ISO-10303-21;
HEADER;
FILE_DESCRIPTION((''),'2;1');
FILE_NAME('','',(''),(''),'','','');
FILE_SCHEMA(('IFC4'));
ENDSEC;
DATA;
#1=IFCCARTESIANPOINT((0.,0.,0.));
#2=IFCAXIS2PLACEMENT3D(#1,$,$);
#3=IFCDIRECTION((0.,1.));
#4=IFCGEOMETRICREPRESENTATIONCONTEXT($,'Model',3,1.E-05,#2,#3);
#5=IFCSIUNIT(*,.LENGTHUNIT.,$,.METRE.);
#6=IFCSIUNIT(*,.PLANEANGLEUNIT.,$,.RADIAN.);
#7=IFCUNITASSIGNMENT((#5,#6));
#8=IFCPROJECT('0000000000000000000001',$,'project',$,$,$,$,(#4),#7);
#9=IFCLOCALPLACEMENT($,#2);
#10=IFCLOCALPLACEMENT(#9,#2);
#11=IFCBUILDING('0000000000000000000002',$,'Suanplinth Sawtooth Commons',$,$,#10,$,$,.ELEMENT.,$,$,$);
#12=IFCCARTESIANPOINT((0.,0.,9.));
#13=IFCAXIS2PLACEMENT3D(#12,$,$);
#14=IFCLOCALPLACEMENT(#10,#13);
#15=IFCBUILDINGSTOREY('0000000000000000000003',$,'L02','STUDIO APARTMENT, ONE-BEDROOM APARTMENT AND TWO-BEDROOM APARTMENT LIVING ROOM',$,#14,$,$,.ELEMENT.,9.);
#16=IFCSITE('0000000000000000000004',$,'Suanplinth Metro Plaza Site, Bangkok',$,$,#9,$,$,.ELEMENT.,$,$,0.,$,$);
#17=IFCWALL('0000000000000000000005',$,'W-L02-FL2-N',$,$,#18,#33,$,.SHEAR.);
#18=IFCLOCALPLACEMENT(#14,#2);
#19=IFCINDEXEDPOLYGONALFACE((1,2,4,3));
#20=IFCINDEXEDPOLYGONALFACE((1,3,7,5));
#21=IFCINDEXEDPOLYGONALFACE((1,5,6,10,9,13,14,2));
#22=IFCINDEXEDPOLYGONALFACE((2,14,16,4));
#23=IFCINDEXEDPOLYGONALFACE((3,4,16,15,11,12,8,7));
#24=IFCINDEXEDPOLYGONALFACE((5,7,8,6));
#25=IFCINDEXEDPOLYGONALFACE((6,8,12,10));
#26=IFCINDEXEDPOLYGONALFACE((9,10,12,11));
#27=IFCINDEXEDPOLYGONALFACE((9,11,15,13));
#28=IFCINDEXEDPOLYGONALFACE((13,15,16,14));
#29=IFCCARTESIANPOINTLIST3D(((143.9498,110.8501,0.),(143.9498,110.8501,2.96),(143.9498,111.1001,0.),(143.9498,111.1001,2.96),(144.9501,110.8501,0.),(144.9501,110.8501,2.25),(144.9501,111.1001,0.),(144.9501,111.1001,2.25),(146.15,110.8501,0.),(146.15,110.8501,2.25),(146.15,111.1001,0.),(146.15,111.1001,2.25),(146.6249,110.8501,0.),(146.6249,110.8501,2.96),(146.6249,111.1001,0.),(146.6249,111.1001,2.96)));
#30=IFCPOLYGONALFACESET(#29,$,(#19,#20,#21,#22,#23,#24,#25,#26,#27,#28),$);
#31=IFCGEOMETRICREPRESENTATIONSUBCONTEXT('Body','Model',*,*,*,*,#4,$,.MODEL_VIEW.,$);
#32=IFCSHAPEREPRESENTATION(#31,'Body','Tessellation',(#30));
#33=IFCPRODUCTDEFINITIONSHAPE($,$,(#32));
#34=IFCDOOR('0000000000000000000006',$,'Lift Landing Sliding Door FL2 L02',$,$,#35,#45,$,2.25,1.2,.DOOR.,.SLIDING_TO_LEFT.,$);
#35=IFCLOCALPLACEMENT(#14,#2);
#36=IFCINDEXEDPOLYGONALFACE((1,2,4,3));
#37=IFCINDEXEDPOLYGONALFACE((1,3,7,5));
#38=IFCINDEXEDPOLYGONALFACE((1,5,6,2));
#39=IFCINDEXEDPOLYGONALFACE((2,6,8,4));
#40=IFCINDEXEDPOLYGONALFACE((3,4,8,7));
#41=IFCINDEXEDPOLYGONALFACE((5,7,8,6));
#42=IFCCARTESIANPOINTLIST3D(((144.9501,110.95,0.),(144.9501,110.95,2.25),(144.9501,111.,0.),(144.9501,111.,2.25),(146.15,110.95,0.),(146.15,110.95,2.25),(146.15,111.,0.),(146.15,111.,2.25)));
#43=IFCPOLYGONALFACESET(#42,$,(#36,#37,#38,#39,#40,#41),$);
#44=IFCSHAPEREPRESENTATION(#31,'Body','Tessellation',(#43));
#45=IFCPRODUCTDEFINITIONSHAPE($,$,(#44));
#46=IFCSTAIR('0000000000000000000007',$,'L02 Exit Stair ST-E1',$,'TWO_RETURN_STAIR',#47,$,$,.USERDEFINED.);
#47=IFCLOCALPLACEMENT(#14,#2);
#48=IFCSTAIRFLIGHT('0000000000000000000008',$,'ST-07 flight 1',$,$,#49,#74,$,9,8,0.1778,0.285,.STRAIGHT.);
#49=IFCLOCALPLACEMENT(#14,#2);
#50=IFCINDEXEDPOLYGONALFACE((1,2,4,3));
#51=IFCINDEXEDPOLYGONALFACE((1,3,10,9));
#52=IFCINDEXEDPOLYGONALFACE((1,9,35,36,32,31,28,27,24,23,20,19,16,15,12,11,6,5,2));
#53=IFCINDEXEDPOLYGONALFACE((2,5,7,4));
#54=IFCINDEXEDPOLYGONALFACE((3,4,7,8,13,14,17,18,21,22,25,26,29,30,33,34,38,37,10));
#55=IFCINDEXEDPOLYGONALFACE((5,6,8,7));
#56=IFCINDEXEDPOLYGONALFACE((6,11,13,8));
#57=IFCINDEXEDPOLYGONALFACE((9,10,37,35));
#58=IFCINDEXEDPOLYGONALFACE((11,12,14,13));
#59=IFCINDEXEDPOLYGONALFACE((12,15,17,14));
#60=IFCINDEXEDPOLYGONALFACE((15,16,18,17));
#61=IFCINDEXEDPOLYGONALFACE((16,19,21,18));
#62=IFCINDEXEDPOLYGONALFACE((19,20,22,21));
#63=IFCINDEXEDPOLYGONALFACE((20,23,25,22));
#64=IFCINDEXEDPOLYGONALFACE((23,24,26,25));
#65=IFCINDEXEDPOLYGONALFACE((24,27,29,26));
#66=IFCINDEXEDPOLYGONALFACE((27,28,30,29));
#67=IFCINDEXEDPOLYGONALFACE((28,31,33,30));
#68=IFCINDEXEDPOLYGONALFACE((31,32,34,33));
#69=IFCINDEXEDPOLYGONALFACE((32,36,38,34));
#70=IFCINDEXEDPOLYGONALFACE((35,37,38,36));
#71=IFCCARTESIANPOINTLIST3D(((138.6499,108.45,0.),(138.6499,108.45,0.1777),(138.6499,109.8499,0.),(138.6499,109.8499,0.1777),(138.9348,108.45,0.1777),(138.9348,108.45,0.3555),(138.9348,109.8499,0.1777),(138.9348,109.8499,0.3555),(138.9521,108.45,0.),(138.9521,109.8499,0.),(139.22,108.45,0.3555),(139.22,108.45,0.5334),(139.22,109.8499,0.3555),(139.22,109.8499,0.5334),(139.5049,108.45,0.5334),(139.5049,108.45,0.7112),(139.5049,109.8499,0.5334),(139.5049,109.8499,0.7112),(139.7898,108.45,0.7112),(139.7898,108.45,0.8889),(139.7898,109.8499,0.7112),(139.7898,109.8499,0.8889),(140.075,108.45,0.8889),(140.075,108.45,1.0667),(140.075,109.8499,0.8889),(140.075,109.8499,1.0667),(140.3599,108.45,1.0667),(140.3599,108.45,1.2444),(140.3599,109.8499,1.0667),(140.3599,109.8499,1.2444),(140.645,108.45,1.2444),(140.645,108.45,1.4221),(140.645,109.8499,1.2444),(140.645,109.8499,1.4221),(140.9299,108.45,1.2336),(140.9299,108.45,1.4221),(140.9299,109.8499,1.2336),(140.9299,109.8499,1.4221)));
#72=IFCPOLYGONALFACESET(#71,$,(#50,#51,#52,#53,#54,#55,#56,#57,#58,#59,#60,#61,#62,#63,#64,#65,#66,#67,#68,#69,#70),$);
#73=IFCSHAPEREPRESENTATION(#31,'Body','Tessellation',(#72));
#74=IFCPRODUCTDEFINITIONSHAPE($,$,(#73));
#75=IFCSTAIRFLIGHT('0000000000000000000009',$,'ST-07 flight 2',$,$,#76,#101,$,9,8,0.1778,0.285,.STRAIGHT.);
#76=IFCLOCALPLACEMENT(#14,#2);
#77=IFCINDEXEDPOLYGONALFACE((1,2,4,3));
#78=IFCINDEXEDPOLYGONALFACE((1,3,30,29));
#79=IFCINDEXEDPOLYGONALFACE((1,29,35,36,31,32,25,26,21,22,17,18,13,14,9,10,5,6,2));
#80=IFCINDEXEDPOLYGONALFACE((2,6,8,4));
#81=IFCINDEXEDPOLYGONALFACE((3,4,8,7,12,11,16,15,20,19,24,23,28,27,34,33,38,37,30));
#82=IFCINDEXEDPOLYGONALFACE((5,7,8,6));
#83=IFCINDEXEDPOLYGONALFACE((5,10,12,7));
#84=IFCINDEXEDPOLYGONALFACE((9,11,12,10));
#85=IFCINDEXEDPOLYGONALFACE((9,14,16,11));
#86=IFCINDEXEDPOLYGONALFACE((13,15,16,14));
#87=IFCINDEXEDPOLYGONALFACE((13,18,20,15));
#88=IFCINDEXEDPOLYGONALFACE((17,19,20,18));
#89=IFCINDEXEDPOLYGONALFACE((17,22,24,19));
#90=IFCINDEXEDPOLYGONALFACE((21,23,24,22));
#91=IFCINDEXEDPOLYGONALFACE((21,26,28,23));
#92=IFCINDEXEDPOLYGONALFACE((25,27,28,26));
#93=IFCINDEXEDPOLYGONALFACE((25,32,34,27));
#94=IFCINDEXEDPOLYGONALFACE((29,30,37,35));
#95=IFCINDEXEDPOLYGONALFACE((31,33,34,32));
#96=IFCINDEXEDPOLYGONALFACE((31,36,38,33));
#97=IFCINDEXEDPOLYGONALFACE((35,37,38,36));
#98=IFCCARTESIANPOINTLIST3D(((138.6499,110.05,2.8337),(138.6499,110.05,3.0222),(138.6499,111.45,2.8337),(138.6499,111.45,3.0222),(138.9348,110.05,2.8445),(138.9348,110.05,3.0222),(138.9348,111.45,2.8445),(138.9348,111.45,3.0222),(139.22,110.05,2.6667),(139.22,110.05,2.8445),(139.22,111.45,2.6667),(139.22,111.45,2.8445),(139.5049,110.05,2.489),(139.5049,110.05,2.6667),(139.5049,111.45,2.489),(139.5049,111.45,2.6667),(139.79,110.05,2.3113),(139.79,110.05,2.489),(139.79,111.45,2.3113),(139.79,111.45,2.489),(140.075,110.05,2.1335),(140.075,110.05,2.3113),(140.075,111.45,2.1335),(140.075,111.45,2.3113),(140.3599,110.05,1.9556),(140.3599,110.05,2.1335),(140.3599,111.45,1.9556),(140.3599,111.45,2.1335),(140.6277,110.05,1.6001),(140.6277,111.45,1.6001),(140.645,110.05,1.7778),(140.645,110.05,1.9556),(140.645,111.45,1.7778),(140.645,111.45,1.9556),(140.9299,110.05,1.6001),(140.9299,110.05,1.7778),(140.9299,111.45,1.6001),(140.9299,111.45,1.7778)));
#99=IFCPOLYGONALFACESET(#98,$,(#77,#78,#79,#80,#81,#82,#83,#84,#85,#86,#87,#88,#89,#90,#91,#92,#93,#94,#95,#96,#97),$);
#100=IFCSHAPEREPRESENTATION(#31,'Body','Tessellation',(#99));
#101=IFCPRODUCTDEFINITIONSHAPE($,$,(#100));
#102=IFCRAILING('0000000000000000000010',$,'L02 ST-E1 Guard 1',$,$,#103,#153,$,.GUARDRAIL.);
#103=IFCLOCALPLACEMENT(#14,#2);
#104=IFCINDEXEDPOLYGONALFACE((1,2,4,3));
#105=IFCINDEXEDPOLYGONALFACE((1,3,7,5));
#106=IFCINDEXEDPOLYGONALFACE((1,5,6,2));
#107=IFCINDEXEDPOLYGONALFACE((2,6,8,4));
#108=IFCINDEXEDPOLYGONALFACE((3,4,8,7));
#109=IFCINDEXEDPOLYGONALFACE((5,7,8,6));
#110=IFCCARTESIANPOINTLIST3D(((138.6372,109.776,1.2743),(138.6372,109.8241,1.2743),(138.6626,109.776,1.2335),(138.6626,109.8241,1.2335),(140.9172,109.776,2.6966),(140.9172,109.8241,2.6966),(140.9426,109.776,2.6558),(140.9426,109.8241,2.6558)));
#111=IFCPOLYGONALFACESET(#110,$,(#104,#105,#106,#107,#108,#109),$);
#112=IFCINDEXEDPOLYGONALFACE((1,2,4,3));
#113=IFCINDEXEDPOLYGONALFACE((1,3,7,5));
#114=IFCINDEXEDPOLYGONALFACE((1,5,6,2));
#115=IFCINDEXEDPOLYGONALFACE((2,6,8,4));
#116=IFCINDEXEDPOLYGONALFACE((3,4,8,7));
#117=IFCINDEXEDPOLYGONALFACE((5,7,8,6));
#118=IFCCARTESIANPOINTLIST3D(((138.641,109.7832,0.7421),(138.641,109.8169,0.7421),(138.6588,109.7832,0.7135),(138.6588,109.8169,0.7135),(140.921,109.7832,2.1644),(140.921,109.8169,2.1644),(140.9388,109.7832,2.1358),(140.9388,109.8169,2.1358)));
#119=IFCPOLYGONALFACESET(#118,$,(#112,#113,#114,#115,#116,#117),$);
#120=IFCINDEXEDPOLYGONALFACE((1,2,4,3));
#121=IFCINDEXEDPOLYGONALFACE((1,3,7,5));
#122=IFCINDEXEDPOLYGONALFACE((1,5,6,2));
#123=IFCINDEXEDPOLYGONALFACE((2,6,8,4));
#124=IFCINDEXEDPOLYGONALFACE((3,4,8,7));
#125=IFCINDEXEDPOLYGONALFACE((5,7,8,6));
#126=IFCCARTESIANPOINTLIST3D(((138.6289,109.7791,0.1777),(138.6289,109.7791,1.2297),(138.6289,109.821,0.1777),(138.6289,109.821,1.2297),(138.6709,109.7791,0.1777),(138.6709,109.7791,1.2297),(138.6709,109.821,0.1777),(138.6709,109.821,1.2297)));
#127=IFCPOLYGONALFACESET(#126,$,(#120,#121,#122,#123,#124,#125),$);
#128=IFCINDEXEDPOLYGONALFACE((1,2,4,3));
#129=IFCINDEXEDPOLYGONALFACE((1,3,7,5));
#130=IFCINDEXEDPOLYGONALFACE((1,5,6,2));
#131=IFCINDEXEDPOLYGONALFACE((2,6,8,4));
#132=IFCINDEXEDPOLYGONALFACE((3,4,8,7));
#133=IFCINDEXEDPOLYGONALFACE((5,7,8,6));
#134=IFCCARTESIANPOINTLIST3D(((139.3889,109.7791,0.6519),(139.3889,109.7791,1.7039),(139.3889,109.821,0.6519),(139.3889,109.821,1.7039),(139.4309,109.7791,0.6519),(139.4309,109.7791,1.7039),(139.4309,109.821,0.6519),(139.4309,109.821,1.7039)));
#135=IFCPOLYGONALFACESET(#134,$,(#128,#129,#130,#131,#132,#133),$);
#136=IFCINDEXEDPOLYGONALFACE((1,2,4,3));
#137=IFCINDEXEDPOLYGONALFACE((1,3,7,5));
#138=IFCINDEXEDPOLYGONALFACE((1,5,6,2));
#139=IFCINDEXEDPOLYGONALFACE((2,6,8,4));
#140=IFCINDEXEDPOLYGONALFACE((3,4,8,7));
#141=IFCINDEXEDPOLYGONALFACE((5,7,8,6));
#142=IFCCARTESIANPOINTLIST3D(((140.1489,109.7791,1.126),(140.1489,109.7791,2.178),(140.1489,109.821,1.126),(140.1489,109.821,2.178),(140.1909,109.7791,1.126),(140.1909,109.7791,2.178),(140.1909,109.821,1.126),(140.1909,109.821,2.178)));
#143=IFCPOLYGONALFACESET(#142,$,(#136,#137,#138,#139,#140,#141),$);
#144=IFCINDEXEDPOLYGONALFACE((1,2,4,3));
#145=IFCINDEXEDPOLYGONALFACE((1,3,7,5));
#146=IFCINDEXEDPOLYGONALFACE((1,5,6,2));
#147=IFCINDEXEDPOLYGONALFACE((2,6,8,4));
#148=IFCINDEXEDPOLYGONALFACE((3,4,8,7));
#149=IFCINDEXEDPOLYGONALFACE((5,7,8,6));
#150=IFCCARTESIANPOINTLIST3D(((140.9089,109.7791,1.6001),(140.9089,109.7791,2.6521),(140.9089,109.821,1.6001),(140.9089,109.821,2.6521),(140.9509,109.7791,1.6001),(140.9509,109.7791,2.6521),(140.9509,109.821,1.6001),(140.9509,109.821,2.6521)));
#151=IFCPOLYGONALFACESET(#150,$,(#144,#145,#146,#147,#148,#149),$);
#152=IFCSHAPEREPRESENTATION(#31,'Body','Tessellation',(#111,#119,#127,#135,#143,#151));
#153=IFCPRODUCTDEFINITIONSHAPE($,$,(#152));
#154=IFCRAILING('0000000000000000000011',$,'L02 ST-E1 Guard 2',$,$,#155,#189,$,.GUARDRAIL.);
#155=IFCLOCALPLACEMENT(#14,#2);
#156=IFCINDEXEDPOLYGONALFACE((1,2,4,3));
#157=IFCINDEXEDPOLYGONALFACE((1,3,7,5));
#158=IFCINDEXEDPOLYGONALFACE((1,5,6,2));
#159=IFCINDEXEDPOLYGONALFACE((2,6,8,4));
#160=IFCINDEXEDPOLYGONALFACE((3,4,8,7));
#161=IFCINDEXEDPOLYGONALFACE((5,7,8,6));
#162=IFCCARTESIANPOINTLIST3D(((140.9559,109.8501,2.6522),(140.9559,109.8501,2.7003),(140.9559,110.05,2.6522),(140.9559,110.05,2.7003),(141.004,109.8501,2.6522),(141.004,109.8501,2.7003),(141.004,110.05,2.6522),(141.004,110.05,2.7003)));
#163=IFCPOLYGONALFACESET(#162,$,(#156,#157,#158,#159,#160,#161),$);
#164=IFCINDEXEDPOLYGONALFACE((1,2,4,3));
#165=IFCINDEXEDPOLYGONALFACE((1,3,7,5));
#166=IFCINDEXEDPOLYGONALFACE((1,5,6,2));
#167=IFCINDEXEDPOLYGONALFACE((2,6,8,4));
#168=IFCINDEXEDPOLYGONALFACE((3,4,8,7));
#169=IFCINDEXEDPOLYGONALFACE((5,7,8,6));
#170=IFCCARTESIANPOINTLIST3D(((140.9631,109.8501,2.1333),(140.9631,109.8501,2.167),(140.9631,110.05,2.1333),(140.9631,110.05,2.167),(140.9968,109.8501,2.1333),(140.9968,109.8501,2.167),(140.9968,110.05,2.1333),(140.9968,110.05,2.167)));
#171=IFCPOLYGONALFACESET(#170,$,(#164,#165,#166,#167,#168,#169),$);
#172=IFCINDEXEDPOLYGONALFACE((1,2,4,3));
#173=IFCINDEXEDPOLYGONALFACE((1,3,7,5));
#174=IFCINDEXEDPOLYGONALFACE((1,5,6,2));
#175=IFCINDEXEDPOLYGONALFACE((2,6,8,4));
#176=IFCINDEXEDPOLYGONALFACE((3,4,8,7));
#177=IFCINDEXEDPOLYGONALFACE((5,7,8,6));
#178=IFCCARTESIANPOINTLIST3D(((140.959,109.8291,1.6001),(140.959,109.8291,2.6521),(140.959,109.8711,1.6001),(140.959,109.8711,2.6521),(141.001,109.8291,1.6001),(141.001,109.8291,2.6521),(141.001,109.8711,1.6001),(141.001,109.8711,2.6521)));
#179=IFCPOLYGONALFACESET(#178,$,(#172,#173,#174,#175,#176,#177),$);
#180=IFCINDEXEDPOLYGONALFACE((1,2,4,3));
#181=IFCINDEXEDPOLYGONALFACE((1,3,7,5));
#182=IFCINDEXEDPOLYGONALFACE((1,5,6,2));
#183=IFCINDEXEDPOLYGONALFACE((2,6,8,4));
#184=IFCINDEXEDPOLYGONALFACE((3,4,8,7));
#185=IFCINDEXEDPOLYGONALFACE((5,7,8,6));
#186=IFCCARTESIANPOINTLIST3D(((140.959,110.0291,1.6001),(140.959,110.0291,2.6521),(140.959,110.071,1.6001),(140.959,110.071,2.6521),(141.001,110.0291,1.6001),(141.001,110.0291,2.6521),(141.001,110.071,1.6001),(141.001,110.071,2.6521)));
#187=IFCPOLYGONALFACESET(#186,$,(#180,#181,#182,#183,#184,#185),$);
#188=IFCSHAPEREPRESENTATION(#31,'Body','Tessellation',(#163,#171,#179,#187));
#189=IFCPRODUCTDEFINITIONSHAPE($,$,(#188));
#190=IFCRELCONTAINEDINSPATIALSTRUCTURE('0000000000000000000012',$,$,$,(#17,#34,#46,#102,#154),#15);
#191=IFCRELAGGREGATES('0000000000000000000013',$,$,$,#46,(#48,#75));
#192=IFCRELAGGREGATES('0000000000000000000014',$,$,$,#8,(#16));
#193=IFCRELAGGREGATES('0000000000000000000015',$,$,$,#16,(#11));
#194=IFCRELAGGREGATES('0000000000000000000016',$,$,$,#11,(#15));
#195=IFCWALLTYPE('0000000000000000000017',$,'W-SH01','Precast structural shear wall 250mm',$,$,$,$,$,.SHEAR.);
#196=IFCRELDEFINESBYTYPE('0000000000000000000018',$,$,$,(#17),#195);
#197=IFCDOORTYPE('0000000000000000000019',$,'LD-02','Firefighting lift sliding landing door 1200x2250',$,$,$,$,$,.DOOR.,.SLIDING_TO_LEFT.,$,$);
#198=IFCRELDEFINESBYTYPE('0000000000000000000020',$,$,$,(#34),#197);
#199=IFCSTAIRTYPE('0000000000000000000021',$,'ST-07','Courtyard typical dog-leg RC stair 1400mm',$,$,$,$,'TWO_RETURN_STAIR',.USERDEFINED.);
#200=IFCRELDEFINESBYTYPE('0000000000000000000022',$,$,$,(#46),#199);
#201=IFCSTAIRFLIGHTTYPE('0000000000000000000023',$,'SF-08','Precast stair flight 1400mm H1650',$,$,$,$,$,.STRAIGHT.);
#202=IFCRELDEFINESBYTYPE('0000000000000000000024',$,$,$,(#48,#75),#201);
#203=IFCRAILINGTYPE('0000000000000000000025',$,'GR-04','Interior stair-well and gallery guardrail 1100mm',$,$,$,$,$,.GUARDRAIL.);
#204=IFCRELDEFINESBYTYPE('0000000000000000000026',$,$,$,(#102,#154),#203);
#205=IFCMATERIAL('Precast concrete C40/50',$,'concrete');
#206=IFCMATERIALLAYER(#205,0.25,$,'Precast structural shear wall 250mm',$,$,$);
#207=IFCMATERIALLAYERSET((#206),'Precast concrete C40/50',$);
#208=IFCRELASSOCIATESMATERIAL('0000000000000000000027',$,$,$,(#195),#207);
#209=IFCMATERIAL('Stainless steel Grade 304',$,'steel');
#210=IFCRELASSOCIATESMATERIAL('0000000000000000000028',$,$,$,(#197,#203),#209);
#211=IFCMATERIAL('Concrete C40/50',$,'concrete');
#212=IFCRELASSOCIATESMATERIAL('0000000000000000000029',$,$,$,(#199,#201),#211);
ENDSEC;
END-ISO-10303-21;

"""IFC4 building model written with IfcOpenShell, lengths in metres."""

from ifc_helpers import new_model, si_unit, direction, frame, frame_2d, origin, origin_2d, place, context, subcontext, project, spatial, polyline, rectangle, outline, extrude, material, layer, layer_set, type_object, element, fill, aggregate, save


model = new_model("IFC4")

# Units and contexts
model_context = context("Model", 3, precision=1e-05, world=origin(), true_north=direction((0.0, 1.0)))
body_context = subcontext(model_context, "Body", "Model", "MODEL_VIEW")
ifc_project = project(units=[si_unit("LENGTHUNIT", "METRE"), si_unit("PLANEANGLEUNIT", "RADIAN")], contexts=[model_context])

# Site, building, storey
site_placement = place(None, origin())
site = spatial("IfcSite", under=ifc_project, at=site_placement, Name="Suanplinth Metro Plaza Site, Bangkok", CompositionType="ELEMENT", RefElevation=0.0)
building_placement = place(site_placement, origin())
building = spatial("IfcBuilding", under=site, at=building_placement, Name="Suanplinth Sawtooth Commons", CompositionType="ELEMENT")
storey_placement = place(building_placement, frame((0.0, 0.0, 9.0)))
storey = spatial("IfcBuildingStorey", under=building, at=storey_placement, Name="L02", Description="STUDIO APARTMENT, ONE-BEDROOM APARTMENT AND TWO-BEDROOM APARTMENT LIVING ROOM", CompositionType="ELEMENT", Elevation=9.0)

# Shared definitions
ifc_material_1 = material(Name="Precast concrete C40/50", Category="concrete")

# Shared definitions
ifc_material_2 = material(Name="Concrete C40/50", Category="concrete")

# Shared definitions
ifc_layer_1 = layer(ifc_material_1, 0.25, Name="Precast structural shear wall 250mm")
ifc_layer_set_1 = layer_set([ifc_layer_1], Name="Precast concrete C40/50")
wall_type_1 = type_object("IfcWallType", Name="W-SH01", Description="Precast structural shear wall 250mm", PredefinedType="SHEAR", material=ifc_layer_set_1)

# Wall, opening, door
wall_1_placement = place(storey_placement, frame((143.95, 110.9751, 0.0), z_axis=(0.0, 0.0, 1.0), x_axis=(1.0, 0.0, 0.0)))
wall_1 = element("IfcWall", 1, at=wall_1_placement, inside=storey, type_object=wall_type_1, Name="W-L02-FL2-N", PredefinedType="SHEAR", context=body_context, shape_type="SweptSolid", body=[
    extrude(rectangle(XDim=2.675, YDim=0.25, at=frame_2d((1.3374, 0.0))), origin(), (0.0, 0.0, 1.0), 2.96),
])
opening_1_placement = place(wall_1_placement, frame((1.0, 0.0, 0.0)))
opening_1 = element("IfcOpeningElement", 2, at=opening_1_placement, cuts=wall_1, PredefinedType="OPENING", context=body_context, shape_type="SweptSolid", body=[
    extrude(rectangle(XDim=1.2, YDim=2.25, at=frame_2d((0.6001, 1.125))), frame((0.0, 0.1399, 0.0), z_axis=(0.0, -1.0, 0.0), x_axis=(1.0, 0.0, 0.0)), (0.0, 0.0, 1.0), 0.2798),
])
ifc_material_3 = material(Name="Stainless steel Grade 304", Category="steel")
door_type_1 = type_object("IfcDoorType", Name="LD-02", Description="Firefighting lift sliding landing door 1200x2250", OperationType="SLIDING_TO_LEFT", PredefinedType="DOOR", material=ifc_material_3)
door_1_placement = place(opening_1_placement, origin())
door_1 = element("IfcDoor", 3, at=door_1_placement, inside=storey, type_object=door_type_1, Name="Lift Landing Sliding Door FL2 L02", OperationType="SLIDING_TO_LEFT", OverallHeight=2.25, OverallWidth=1.2, PredefinedType="DOOR", context=body_context, shape_type="SweptSolid", body=[
    extrude(rectangle(XDim=1.2, YDim=2.25, at=frame_2d((0.6001, 1.125))), frame((0.0, 0.0249, 0.0), z_axis=(0.0, -1.0, 0.0), x_axis=(1.0, 0.0, 0.0)), (0.0, 0.0, 1.0), 0.05),
])
fill(opening_1, door_1)

# Stair, stair flights
stair_type = type_object("IfcStairType", Name="ST-07", Description="Courtyard typical dog-leg RC stair 1400mm", ElementType="TWO_RETURN_STAIR", PredefinedType="USERDEFINED", material=ifc_material_2)
stair_placement = place(storey_placement, origin())
stair = element("IfcStair", 4, at=stair_placement, inside=storey, type_object=stair_type, Name="L02 Exit Stair ST-E1", ObjectType="TWO_RETURN_STAIR", PredefinedType="USERDEFINED")
stair_flight_type = type_object("IfcStairFlightType", Name="SF-08", Description="Precast stair flight 1400mm H1650", PredefinedType="STRAIGHT", material=ifc_material_2)
stair_flight_1_placement = place(storey_placement, frame((138.6499, 109.1499, 0.0), z_axis=(0.0, 0.0, 1.0), x_axis=(1.0, 0.0, 0.0)))
stair_flight_1 = element("IfcStairFlight", 5, at=stair_flight_1_placement, type_object=stair_flight_type, Name="ST-07 flight 1", NumberOfRisers=9, NumberOfTreads=8, PredefinedType="STRAIGHT", RiserHeight=0.1778, TreadLength=0.285, context=body_context, shape_type="SweptSolid", body=[
    extrude(outline(polyline([(0.0, 0.0), (0.0, 0.1777), (0.2849, 0.1777), (0.2849, 0.3555), (0.5701, 0.3555), (0.5701, 0.5334), (0.855, 0.5334), (0.855, 0.7112), (1.1399, 0.7112), (1.1399, 0.8889), (1.425, 0.8889), (1.425, 1.0667), (1.71, 1.0667), (1.71, 1.2444), (1.9951, 1.2444), (1.9951, 1.4221), (2.28, 1.4221), (2.28, 1.6001), (2.28, 1.2336), (0.3022, 0.0), (0.0, 0.0)])), frame((0.0, 0.7, 0.0), z_axis=(0.0, -1.0, 0.0), x_axis=(1.0, 0.0, 0.0)), (0.0, 0.0, 1.0), 1.3999),
])
stair_flight_2_placement = place(storey_placement, frame((140.9299, 110.75, 1.6001), z_axis=(0.0, 0.0, 1.0), x_axis=(-1.0, 0.0, 0.0)))
stair_flight_2 = element("IfcStairFlight", 6, at=stair_flight_2_placement, type_object=stair_flight_type, Name="ST-07 flight 2", NumberOfRisers=9, NumberOfTreads=8, PredefinedType="STRAIGHT", RiserHeight=0.1778, TreadLength=0.285, context=body_context, shape_type="SweptSolid", body=[
    extrude(outline(polyline([(0.0, 0.0), (0.0, 0.1777), (0.2849, 0.1777), (0.2849, 0.3555), (0.5701, 0.3555), (0.5701, 0.5334), (0.855, 0.5334), (0.855, 0.7112), (1.1399, 0.7112), (1.1399, 0.8889), (1.425, 0.8889), (1.425, 1.0667), (1.71, 1.0667), (1.71, 1.2444), (1.9951, 1.2444), (1.9951, 1.4221), (2.28, 1.4221), (2.28, 1.6001), (2.28, 1.2336), (0.3022, 0.0), (0.0, 0.0)])), frame((0.0, 0.7, 0.0), z_axis=(0.0, -1.0, 0.0), x_axis=(1.0, 0.0, 0.0)), (0.0, 0.0, 1.0), 1.3999),
])
aggregate(stair, [stair_flight_1, stair_flight_2])

# Railings
railing_type_1 = type_object("IfcRailingType", Name="GR-04", Description="Interior stair-well and gallery guardrail 1100mm", PredefinedType="GUARDRAIL", material=ifc_material_3)
railing_1_placement = place(storey_placement, frame((138.6499, 109.8, 0.1777)))
element("IfcRailing", 7, at=railing_1_placement, inside=storey, type_object=railing_type_1, Name="L02 ST-E1 Guard 1", PredefinedType="GUARDRAIL", context=body_context, shape_type="SweptSolid", body=[
    extrude(rectangle(XDim=0.0481, YDim=0.0481, at=origin_2d()), frame((0.0, 0.0, 1.0762), z_axis=(0.848442, 0.0, 0.529288), x_axis=(0.0, 1.0, 0.0)), (0.0, 0.0, 1.0), 2.6873),
    extrude(rectangle(XDim=0.0337, YDim=0.0337, at=origin_2d()), frame((0.0, 0.0, 0.55), z_axis=(0.848442, 0.0, 0.529288), x_axis=(0.0, 1.0, 0.0)), (0.0, 0.0, 1.0), 2.6873),
    extrude(rectangle(XDim=0.042, YDim=0.042, at=origin_2d()), origin(), (0.0, 0.0, 1.0), 1.052),
    extrude(rectangle(XDim=0.042, YDim=0.042, at=origin_2d()), frame((0.76, 0.0, 0.4741)), (0.0, 0.0, 1.0), 1.052),
    extrude(rectangle(XDim=0.042, YDim=0.042, at=origin_2d()), frame((1.52, 0.0, 0.9482)), (0.0, 0.0, 1.0), 1.052),
    extrude(rectangle(XDim=0.042, YDim=0.042, at=origin_2d()), frame((2.28, 0.0, 1.4224)), (0.0, 0.0, 1.0), 1.052),
])
railing_2_placement = place(storey_placement, frame((140.98, 109.8501, 1.6001)))
element("IfcRailing", 8, at=railing_2_placement, inside=storey, type_object=railing_type_1, Name="L02 ST-E1 Guard 2", PredefinedType="GUARDRAIL", context=body_context, shape_type="SweptSolid", body=[
    extrude(rectangle(XDim=0.0481, YDim=0.0481, at=origin_2d()), frame((0.0, 0.0, 1.0762), z_axis=(0.0, 1.0, 0.0), x_axis=(-1.0, 0.0, 0.0)), (0.0, 0.0, 1.0), 0.2),
    extrude(rectangle(XDim=0.0337, YDim=0.0337, at=origin_2d()), frame((0.0, 0.0, 0.55), z_axis=(0.0, 1.0, 0.0), x_axis=(-1.0, 0.0, 0.0)), (0.0, 0.0, 1.0), 0.2),
    extrude(rectangle(XDim=0.042, YDim=0.042, at=origin_2d()), origin(), (0.0, 0.0, 1.0), 1.052),
    extrude(rectangle(XDim=0.042, YDim=0.042, at=origin_2d()), frame((0.0, 0.2, 0.0)), (0.0, 0.0, 1.0), 1.052),
])

save(model, "model.ifc")
